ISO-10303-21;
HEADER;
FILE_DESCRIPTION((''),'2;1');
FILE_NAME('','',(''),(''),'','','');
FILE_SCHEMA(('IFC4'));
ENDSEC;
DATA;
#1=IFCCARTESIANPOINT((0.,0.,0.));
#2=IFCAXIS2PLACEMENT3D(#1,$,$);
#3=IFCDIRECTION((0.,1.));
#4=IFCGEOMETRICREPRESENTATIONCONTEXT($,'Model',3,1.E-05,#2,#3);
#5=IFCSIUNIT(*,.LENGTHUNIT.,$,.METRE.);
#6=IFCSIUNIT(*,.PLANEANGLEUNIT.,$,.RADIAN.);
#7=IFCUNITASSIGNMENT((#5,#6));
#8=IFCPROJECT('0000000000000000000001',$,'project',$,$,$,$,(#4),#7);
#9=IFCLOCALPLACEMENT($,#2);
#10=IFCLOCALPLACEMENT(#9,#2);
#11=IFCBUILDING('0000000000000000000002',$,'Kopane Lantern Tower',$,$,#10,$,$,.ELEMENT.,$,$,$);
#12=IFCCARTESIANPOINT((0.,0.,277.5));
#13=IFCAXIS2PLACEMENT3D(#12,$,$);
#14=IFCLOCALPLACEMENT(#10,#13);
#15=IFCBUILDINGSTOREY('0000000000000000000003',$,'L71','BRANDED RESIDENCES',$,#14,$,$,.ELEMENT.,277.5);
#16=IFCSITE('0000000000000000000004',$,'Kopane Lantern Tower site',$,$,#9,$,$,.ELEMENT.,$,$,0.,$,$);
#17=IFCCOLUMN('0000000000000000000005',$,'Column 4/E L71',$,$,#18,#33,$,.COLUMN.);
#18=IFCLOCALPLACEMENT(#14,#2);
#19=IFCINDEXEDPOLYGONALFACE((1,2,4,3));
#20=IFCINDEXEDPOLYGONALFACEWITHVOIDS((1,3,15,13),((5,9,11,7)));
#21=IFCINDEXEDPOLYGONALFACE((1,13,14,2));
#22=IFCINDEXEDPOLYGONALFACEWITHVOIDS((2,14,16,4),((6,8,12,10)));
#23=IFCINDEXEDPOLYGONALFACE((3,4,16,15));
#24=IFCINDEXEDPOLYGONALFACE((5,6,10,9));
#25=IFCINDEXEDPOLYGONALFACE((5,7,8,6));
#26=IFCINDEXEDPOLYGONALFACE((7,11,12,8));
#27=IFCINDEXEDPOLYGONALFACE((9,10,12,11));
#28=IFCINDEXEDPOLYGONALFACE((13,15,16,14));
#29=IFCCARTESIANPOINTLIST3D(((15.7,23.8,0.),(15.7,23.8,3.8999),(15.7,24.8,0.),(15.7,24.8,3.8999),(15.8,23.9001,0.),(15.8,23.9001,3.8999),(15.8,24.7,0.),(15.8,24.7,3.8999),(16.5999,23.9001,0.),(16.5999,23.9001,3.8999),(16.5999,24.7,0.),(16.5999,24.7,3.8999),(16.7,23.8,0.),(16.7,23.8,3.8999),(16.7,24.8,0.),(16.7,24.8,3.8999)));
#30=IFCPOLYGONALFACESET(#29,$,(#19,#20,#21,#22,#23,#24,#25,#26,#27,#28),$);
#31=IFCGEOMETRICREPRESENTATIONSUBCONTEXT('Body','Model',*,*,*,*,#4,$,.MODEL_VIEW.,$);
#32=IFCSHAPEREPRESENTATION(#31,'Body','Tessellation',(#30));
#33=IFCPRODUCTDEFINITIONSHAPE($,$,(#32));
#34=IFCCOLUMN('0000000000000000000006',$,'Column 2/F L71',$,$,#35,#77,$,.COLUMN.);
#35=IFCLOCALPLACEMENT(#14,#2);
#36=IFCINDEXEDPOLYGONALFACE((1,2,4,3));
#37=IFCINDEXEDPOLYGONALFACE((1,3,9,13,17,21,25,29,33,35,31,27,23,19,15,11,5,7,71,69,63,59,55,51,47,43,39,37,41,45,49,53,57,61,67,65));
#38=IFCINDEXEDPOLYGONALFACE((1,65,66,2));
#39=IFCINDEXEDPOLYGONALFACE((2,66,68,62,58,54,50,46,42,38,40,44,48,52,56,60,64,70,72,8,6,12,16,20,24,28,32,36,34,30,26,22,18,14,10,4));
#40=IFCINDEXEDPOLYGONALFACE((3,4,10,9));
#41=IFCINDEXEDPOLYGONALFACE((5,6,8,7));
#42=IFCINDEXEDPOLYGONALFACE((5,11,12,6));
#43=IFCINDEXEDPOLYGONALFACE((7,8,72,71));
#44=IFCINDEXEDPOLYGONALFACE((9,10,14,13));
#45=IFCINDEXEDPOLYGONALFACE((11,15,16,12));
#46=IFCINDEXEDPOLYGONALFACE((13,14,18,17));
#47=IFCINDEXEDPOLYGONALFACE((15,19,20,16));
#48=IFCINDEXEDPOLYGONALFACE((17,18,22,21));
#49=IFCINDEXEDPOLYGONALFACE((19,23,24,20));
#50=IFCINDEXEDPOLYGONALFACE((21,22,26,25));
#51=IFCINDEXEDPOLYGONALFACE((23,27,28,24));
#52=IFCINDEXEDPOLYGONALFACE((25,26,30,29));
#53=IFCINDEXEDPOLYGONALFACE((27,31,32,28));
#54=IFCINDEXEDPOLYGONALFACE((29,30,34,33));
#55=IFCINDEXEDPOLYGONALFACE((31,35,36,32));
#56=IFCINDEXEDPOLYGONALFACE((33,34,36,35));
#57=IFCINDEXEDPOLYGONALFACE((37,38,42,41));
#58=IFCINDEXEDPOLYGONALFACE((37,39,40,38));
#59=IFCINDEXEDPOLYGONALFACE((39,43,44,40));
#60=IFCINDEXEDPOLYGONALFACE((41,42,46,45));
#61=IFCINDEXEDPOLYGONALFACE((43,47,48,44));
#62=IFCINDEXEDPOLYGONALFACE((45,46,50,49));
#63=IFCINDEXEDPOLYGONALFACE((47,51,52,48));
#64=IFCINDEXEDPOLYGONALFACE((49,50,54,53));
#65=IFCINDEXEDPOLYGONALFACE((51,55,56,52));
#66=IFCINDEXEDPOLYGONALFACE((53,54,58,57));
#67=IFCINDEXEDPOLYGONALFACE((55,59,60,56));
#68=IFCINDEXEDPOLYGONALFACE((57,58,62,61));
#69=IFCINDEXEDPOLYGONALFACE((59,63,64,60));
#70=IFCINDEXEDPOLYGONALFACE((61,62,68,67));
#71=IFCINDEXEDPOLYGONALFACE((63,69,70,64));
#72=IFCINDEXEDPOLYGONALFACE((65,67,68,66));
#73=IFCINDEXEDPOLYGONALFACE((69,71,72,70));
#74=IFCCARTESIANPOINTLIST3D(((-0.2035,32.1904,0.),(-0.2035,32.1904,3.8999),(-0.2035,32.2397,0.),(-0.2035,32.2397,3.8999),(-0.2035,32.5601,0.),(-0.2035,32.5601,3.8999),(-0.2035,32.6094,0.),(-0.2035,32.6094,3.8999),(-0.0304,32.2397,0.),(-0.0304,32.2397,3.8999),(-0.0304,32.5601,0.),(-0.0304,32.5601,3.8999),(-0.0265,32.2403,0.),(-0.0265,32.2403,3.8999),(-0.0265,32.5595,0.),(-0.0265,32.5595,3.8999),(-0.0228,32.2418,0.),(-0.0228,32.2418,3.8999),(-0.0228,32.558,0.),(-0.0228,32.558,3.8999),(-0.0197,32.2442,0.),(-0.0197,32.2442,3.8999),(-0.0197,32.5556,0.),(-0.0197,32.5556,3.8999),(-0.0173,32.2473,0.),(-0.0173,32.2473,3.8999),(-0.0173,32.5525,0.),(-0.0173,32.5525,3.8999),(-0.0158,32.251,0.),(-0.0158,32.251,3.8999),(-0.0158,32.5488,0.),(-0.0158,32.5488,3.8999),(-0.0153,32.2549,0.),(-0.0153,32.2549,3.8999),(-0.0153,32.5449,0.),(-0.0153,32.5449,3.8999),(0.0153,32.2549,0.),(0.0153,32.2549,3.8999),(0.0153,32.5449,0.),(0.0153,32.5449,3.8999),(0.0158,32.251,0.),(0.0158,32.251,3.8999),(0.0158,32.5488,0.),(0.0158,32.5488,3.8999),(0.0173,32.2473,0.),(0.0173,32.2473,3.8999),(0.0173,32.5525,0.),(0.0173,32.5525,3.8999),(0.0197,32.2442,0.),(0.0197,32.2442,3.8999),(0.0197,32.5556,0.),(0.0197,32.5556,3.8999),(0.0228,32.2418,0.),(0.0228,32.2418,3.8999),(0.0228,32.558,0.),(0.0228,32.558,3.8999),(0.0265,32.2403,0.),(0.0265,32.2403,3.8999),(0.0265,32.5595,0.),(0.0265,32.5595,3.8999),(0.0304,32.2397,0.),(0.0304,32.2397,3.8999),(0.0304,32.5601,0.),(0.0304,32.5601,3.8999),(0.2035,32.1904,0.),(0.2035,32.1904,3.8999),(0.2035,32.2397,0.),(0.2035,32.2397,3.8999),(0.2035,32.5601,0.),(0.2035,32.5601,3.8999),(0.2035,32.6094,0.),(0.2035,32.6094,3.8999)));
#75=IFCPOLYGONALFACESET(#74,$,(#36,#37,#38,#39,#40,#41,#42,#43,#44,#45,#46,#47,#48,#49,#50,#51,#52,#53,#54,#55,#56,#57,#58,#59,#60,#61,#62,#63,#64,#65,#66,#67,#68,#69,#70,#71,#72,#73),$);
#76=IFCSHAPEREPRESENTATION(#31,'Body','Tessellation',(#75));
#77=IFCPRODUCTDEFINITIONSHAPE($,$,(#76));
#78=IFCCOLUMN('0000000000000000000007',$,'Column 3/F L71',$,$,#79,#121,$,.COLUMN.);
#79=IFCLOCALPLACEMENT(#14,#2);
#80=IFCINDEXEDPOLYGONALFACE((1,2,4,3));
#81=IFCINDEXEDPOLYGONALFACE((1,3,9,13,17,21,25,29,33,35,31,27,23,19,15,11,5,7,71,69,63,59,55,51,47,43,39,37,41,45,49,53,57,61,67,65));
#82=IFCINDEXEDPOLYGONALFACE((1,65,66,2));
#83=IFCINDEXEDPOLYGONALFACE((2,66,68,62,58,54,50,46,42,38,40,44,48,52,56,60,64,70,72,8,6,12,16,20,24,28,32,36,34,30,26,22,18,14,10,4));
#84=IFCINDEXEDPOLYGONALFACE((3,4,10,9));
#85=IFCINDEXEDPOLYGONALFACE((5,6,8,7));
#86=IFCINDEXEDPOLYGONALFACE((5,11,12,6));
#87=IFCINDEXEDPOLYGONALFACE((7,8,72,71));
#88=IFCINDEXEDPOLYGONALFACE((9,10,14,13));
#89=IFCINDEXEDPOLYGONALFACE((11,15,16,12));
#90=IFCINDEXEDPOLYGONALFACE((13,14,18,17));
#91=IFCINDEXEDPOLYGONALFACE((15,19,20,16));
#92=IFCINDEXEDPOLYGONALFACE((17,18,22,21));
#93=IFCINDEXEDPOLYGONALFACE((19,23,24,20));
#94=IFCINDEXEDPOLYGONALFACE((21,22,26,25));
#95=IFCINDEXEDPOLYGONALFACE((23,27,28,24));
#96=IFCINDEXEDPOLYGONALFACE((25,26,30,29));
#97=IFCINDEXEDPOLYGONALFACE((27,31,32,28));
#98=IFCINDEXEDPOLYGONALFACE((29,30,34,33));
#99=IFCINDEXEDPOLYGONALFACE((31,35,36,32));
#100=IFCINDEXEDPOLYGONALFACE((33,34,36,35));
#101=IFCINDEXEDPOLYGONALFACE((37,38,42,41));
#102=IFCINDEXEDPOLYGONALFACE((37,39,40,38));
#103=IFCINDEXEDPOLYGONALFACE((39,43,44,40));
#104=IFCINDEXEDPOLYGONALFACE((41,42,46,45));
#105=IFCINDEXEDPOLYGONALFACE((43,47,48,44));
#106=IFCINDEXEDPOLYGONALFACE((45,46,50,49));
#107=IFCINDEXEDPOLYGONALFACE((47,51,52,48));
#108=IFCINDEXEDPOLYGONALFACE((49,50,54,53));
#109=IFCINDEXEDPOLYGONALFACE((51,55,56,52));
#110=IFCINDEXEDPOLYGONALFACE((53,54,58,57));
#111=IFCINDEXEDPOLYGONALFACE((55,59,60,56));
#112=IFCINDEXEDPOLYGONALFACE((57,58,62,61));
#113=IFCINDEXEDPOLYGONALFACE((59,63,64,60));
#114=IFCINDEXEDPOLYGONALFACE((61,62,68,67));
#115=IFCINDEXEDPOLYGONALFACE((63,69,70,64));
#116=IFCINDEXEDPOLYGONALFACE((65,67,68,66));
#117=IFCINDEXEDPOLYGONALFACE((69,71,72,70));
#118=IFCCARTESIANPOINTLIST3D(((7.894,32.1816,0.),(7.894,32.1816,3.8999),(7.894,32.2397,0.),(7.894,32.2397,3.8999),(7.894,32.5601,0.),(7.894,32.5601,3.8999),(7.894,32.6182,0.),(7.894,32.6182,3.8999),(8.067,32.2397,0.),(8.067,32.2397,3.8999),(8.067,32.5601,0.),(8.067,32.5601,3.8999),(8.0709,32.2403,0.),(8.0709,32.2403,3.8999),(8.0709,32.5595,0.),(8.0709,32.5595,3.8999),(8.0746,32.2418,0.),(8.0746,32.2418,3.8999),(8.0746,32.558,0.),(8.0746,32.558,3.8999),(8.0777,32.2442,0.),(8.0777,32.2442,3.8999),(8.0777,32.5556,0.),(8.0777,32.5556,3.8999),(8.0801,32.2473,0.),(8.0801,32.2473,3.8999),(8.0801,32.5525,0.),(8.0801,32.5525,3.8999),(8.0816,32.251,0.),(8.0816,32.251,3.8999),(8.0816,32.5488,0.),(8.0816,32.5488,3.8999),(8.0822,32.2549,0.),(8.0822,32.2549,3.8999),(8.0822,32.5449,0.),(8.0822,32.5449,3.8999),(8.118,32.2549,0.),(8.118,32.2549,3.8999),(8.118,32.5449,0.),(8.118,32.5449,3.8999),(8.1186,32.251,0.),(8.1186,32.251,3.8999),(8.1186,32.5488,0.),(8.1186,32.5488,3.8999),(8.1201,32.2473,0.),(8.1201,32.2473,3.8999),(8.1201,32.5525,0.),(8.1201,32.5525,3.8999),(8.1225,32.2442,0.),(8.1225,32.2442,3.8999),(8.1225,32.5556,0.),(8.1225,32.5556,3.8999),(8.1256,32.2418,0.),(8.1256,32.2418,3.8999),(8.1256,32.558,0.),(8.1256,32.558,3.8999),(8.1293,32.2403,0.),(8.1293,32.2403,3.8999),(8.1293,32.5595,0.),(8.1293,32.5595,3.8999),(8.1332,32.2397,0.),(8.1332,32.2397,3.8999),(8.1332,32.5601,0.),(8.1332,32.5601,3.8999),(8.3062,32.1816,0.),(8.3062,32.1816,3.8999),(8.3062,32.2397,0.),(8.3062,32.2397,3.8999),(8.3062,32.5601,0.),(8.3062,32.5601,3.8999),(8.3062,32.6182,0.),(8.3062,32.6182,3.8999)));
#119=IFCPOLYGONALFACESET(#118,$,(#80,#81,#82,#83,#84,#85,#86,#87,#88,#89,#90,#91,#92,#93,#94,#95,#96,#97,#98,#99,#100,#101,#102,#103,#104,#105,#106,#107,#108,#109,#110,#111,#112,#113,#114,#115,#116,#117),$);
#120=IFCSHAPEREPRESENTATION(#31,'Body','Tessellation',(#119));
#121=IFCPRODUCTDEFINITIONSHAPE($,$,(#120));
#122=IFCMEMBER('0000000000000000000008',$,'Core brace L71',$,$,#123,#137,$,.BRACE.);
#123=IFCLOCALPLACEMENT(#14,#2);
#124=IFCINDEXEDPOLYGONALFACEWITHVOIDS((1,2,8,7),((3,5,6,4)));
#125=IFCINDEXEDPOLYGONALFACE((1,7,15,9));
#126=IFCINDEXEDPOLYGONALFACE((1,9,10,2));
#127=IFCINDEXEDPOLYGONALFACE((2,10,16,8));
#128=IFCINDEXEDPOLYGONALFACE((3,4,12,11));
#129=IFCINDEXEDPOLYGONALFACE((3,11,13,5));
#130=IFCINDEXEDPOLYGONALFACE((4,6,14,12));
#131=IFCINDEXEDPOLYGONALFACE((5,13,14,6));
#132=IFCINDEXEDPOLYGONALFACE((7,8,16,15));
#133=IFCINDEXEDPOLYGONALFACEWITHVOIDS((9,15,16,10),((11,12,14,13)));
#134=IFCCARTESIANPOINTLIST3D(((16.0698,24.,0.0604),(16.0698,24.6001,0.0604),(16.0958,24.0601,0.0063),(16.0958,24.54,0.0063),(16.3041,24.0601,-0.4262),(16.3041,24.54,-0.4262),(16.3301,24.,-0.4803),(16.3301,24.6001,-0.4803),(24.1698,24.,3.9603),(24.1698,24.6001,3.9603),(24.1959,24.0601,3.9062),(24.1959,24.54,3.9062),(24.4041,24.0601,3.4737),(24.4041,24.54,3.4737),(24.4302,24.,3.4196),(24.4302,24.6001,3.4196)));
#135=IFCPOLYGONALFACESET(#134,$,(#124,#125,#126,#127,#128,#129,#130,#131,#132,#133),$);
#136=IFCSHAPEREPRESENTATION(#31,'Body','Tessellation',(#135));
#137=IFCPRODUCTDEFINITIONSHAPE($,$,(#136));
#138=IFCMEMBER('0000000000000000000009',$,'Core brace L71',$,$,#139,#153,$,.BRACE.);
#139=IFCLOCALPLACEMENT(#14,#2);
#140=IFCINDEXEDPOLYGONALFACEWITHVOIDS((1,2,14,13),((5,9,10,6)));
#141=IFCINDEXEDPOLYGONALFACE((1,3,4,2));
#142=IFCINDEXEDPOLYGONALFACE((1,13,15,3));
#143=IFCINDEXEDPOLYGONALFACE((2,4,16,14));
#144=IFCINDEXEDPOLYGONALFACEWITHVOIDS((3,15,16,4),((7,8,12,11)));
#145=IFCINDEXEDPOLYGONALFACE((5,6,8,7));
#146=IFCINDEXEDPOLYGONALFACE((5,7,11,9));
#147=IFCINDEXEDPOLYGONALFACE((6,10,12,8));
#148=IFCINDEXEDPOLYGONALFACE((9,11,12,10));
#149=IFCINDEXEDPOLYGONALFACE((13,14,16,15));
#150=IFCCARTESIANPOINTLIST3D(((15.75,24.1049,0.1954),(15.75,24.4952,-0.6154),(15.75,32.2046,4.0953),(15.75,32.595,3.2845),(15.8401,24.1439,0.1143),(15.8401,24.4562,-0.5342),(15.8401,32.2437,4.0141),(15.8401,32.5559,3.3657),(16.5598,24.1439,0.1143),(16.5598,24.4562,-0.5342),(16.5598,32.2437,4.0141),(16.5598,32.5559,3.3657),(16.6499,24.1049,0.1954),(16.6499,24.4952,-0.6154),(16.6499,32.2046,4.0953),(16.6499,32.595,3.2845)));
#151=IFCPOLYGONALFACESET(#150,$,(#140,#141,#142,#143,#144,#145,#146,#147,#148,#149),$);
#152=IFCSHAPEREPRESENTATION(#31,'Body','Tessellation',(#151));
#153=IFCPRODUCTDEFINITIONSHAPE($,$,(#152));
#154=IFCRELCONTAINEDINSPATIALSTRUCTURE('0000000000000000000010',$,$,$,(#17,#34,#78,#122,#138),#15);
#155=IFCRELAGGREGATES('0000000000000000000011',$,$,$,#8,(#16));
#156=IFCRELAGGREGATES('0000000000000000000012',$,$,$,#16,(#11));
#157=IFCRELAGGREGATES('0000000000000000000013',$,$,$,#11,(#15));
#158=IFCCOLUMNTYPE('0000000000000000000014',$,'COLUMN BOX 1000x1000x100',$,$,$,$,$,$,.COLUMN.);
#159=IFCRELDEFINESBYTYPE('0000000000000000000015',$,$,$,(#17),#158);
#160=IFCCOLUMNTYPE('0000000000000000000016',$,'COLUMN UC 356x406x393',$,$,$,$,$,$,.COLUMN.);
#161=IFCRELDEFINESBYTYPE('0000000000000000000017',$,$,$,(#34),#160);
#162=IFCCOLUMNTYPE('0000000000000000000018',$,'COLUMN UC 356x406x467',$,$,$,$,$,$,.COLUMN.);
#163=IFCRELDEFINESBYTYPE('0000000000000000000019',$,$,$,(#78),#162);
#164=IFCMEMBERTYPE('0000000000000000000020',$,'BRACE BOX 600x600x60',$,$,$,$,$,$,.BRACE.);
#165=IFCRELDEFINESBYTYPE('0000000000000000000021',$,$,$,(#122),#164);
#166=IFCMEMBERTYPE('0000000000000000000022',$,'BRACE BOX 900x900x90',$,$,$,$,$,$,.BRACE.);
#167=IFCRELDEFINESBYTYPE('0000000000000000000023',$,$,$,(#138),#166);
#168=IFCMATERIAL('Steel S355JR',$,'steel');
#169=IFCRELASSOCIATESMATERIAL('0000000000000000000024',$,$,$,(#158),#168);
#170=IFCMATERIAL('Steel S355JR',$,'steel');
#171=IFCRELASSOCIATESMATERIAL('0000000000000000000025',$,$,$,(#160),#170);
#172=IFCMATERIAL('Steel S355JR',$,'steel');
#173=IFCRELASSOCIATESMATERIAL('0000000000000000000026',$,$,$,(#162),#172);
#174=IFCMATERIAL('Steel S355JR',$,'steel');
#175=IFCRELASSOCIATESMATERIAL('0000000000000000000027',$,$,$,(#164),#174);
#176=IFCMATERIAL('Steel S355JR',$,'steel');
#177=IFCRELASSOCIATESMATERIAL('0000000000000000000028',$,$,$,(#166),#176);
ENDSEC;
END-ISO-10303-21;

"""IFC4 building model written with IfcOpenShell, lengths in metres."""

from ifc_helpers import new_model, si_unit, direction, frame, origin, origin_2d, place, context, subcontext, project, spatial, hollow_rectangle, i_section, extrude, material, material_profile, profile_set, type_object, element, save


model = new_model("IFC4")

# Units and contexts
model_context = context("Model", 3, precision=1e-05, world=origin(), true_north=direction((0.0, 1.0)))
body_context = subcontext(model_context, "Body", "Model", "MODEL_VIEW")
ifc_project = project(units=[si_unit("LENGTHUNIT", "METRE"), si_unit("PLANEANGLEUNIT", "RADIAN")], contexts=[model_context])

# Site, building, storey
site_placement = place(None, origin())
site = spatial("IfcSite", under=ifc_project, at=site_placement, Name="Kopane Lantern Tower site", CompositionType="ELEMENT", RefElevation=0.0)
building_placement = place(site_placement, origin())
building = spatial("IfcBuilding", under=site, at=building_placement, Name="Kopane Lantern Tower", CompositionType="ELEMENT")
storey_placement = place(building_placement, frame((0.0, 0.0, 277.5)))
storey = spatial("IfcBuildingStorey", under=building, at=storey_placement, Name="L71", Description="BRANDED RESIDENCES", CompositionType="ELEMENT", Elevation=277.5)

# Columns
ifc_material_1 = material(Name="Steel S355JR", Category="steel")
ifc_material_profile_1 = material_profile(ifc_material_1, hollow_rectangle(XDim=1.0, YDim=1.0, WallThickness=0.1001, at=origin_2d()), Name="BOX 1000x1000x100")
ifc_profile_set_1 = profile_set([ifc_material_profile_1], Name="Steel S355JR")
column_type_1 = type_object("IfcColumnType", Name="COLUMN BOX 1000x1000x100", PredefinedType="COLUMN", material=ifc_profile_set_1)
column_1_placement = place(storey_placement, frame((16.2, 24.3, 0.0), z_axis=(0.0, 0.0, 1.0), x_axis=(1.0, 0.0, 0.0)))
element("IfcColumn", 1, at=column_1_placement, inside=storey, type_object=column_type_1, Name="Column 4/E L71", PredefinedType="COLUMN", context=body_context, shape_type="SweptSolid", body=[
    extrude(hollow_rectangle(XDim=1.0, YDim=1.0, WallThickness=0.1001, at=origin_2d()), origin(), (0.0, 0.0, 1.0), 3.8999),
])
ifc_material_2 = material(Name="Steel S355JR", Category="steel")
ifc_material_profile_2 = material_profile(ifc_material_2, i_section(OverallWidth=0.407, OverallDepth=0.4189, WebThickness=0.0305, FlangeThickness=0.0493, FilletRadius=0.0151, at=origin_2d()), Name="UC 356x406x393")
ifc_profile_set_2 = profile_set([ifc_material_profile_2], Name="Steel S355JR")
column_type_2 = type_object("IfcColumnType", Name="COLUMN UC 356x406x393", PredefinedType="COLUMN", material=ifc_profile_set_2)
column_2_placement = place(storey_placement, frame((0.0, 32.3999, 0.0), z_axis=(0.0, 0.0, 1.0), x_axis=(1.0, 0.0, 0.0)))
element("IfcColumn", 2, at=column_2_placement, inside=storey, type_object=column_type_2, Name="Column 2/F L71", PredefinedType="COLUMN", context=body_context, shape_type="SweptSolid", body=[
    extrude(i_section(OverallWidth=0.407, OverallDepth=0.4189, WebThickness=0.0305, FlangeThickness=0.0493, FilletRadius=0.0151, at=origin_2d()), origin(), (0.0, 0.0, 1.0), 3.8999),
])
ifc_material_3 = material(Name="Steel S355JR", Category="steel")
ifc_material_profile_3 = material_profile(ifc_material_3, i_section(OverallWidth=0.4121, OverallDepth=0.4365, WebThickness=0.0359, FlangeThickness=0.0581, FilletRadius=0.0151, at=origin_2d()), Name="UC 356x406x467")
ifc_profile_set_3 = profile_set([ifc_material_profile_3], Name="Steel S355JR")
column_type_3 = type_object("IfcColumnType", Name="COLUMN UC 356x406x467", PredefinedType="COLUMN", material=ifc_profile_set_3)
column_3_placement = place(storey_placement, frame((8.1001, 32.3999, 0.0), z_axis=(0.0, 0.0, 1.0), x_axis=(1.0, 0.0, 0.0)))
element("IfcColumn", 3, at=column_3_placement, inside=storey, type_object=column_type_3, Name="Column 3/F L71", PredefinedType="COLUMN", context=body_context, shape_type="SweptSolid", body=[
    extrude(i_section(OverallWidth=0.4121, OverallDepth=0.4365, WebThickness=0.0359, FlangeThickness=0.0581, FilletRadius=0.0151, at=origin_2d()), origin(), (0.0, 0.0, 1.0), 3.8999),
])

# Members
ifc_material_4 = material(Name="Steel S355JR", Category="steel")
ifc_material_profile_4 = material_profile(ifc_material_4, hollow_rectangle(XDim=0.6001, YDim=0.6001, WallThickness=0.0601, at=origin_2d()), Name="BOX 600x600x60")
ifc_profile_set_4 = profile_set([ifc_material_profile_4], Name="Steel S355JR")
member_type_1 = type_object("IfcMemberType", Name="BRACE BOX 600x600x60", PredefinedType="BRACE", material=ifc_profile_set_4)
member_1_placement = place(storey_placement, frame((16.2, 24.3, -0.21), z_axis=(0.901008, 0.0, 0.433803), x_axis=(0.0, 1.0, 0.0)))
element("IfcMember", 4, at=member_1_placement, inside=storey, type_object=member_type_1, Name="Core brace L71", PredefinedType="BRACE", context=body_context, shape_type="SweptSolid", body=[
    extrude(hollow_rectangle(XDim=0.6001, YDim=0.6001, WallThickness=0.0601, at=origin_2d()), origin(), (0.0, 0.0, 1.0), 8.99),
])
ifc_material_5 = material(Name="Steel S355JR", Category="steel")
ifc_material_profile_5 = material_profile(ifc_material_5, hollow_rectangle(XDim=0.8999, YDim=0.8999, WallThickness=0.0901, at=origin_2d()), Name="BOX 900x900x90")
ifc_profile_set_5 = profile_set([ifc_material_profile_5], Name="Steel S355JR")
member_type_2 = type_object("IfcMemberType", Name="BRACE BOX 900x900x90", PredefinedType="BRACE", material=ifc_profile_set_5)
member_2_placement = place(storey_placement, frame((16.2, 24.3, -0.21), z_axis=(0.0, 0.901003, 0.433813), x_axis=(-1.0, 0.0, 0.0)))
element("IfcMember", 5, at=member_2_placement, inside=storey, type_object=member_type_2, Name="Core brace L71", PredefinedType="BRACE", context=body_context, shape_type="SweptSolid", body=[
    extrude(hollow_rectangle(XDim=0.8999, YDim=0.8999, WallThickness=0.0901, at=origin_2d()), origin(), (0.0, 0.0, 1.0), 8.9897),
])

save(model, "model.ifc")
